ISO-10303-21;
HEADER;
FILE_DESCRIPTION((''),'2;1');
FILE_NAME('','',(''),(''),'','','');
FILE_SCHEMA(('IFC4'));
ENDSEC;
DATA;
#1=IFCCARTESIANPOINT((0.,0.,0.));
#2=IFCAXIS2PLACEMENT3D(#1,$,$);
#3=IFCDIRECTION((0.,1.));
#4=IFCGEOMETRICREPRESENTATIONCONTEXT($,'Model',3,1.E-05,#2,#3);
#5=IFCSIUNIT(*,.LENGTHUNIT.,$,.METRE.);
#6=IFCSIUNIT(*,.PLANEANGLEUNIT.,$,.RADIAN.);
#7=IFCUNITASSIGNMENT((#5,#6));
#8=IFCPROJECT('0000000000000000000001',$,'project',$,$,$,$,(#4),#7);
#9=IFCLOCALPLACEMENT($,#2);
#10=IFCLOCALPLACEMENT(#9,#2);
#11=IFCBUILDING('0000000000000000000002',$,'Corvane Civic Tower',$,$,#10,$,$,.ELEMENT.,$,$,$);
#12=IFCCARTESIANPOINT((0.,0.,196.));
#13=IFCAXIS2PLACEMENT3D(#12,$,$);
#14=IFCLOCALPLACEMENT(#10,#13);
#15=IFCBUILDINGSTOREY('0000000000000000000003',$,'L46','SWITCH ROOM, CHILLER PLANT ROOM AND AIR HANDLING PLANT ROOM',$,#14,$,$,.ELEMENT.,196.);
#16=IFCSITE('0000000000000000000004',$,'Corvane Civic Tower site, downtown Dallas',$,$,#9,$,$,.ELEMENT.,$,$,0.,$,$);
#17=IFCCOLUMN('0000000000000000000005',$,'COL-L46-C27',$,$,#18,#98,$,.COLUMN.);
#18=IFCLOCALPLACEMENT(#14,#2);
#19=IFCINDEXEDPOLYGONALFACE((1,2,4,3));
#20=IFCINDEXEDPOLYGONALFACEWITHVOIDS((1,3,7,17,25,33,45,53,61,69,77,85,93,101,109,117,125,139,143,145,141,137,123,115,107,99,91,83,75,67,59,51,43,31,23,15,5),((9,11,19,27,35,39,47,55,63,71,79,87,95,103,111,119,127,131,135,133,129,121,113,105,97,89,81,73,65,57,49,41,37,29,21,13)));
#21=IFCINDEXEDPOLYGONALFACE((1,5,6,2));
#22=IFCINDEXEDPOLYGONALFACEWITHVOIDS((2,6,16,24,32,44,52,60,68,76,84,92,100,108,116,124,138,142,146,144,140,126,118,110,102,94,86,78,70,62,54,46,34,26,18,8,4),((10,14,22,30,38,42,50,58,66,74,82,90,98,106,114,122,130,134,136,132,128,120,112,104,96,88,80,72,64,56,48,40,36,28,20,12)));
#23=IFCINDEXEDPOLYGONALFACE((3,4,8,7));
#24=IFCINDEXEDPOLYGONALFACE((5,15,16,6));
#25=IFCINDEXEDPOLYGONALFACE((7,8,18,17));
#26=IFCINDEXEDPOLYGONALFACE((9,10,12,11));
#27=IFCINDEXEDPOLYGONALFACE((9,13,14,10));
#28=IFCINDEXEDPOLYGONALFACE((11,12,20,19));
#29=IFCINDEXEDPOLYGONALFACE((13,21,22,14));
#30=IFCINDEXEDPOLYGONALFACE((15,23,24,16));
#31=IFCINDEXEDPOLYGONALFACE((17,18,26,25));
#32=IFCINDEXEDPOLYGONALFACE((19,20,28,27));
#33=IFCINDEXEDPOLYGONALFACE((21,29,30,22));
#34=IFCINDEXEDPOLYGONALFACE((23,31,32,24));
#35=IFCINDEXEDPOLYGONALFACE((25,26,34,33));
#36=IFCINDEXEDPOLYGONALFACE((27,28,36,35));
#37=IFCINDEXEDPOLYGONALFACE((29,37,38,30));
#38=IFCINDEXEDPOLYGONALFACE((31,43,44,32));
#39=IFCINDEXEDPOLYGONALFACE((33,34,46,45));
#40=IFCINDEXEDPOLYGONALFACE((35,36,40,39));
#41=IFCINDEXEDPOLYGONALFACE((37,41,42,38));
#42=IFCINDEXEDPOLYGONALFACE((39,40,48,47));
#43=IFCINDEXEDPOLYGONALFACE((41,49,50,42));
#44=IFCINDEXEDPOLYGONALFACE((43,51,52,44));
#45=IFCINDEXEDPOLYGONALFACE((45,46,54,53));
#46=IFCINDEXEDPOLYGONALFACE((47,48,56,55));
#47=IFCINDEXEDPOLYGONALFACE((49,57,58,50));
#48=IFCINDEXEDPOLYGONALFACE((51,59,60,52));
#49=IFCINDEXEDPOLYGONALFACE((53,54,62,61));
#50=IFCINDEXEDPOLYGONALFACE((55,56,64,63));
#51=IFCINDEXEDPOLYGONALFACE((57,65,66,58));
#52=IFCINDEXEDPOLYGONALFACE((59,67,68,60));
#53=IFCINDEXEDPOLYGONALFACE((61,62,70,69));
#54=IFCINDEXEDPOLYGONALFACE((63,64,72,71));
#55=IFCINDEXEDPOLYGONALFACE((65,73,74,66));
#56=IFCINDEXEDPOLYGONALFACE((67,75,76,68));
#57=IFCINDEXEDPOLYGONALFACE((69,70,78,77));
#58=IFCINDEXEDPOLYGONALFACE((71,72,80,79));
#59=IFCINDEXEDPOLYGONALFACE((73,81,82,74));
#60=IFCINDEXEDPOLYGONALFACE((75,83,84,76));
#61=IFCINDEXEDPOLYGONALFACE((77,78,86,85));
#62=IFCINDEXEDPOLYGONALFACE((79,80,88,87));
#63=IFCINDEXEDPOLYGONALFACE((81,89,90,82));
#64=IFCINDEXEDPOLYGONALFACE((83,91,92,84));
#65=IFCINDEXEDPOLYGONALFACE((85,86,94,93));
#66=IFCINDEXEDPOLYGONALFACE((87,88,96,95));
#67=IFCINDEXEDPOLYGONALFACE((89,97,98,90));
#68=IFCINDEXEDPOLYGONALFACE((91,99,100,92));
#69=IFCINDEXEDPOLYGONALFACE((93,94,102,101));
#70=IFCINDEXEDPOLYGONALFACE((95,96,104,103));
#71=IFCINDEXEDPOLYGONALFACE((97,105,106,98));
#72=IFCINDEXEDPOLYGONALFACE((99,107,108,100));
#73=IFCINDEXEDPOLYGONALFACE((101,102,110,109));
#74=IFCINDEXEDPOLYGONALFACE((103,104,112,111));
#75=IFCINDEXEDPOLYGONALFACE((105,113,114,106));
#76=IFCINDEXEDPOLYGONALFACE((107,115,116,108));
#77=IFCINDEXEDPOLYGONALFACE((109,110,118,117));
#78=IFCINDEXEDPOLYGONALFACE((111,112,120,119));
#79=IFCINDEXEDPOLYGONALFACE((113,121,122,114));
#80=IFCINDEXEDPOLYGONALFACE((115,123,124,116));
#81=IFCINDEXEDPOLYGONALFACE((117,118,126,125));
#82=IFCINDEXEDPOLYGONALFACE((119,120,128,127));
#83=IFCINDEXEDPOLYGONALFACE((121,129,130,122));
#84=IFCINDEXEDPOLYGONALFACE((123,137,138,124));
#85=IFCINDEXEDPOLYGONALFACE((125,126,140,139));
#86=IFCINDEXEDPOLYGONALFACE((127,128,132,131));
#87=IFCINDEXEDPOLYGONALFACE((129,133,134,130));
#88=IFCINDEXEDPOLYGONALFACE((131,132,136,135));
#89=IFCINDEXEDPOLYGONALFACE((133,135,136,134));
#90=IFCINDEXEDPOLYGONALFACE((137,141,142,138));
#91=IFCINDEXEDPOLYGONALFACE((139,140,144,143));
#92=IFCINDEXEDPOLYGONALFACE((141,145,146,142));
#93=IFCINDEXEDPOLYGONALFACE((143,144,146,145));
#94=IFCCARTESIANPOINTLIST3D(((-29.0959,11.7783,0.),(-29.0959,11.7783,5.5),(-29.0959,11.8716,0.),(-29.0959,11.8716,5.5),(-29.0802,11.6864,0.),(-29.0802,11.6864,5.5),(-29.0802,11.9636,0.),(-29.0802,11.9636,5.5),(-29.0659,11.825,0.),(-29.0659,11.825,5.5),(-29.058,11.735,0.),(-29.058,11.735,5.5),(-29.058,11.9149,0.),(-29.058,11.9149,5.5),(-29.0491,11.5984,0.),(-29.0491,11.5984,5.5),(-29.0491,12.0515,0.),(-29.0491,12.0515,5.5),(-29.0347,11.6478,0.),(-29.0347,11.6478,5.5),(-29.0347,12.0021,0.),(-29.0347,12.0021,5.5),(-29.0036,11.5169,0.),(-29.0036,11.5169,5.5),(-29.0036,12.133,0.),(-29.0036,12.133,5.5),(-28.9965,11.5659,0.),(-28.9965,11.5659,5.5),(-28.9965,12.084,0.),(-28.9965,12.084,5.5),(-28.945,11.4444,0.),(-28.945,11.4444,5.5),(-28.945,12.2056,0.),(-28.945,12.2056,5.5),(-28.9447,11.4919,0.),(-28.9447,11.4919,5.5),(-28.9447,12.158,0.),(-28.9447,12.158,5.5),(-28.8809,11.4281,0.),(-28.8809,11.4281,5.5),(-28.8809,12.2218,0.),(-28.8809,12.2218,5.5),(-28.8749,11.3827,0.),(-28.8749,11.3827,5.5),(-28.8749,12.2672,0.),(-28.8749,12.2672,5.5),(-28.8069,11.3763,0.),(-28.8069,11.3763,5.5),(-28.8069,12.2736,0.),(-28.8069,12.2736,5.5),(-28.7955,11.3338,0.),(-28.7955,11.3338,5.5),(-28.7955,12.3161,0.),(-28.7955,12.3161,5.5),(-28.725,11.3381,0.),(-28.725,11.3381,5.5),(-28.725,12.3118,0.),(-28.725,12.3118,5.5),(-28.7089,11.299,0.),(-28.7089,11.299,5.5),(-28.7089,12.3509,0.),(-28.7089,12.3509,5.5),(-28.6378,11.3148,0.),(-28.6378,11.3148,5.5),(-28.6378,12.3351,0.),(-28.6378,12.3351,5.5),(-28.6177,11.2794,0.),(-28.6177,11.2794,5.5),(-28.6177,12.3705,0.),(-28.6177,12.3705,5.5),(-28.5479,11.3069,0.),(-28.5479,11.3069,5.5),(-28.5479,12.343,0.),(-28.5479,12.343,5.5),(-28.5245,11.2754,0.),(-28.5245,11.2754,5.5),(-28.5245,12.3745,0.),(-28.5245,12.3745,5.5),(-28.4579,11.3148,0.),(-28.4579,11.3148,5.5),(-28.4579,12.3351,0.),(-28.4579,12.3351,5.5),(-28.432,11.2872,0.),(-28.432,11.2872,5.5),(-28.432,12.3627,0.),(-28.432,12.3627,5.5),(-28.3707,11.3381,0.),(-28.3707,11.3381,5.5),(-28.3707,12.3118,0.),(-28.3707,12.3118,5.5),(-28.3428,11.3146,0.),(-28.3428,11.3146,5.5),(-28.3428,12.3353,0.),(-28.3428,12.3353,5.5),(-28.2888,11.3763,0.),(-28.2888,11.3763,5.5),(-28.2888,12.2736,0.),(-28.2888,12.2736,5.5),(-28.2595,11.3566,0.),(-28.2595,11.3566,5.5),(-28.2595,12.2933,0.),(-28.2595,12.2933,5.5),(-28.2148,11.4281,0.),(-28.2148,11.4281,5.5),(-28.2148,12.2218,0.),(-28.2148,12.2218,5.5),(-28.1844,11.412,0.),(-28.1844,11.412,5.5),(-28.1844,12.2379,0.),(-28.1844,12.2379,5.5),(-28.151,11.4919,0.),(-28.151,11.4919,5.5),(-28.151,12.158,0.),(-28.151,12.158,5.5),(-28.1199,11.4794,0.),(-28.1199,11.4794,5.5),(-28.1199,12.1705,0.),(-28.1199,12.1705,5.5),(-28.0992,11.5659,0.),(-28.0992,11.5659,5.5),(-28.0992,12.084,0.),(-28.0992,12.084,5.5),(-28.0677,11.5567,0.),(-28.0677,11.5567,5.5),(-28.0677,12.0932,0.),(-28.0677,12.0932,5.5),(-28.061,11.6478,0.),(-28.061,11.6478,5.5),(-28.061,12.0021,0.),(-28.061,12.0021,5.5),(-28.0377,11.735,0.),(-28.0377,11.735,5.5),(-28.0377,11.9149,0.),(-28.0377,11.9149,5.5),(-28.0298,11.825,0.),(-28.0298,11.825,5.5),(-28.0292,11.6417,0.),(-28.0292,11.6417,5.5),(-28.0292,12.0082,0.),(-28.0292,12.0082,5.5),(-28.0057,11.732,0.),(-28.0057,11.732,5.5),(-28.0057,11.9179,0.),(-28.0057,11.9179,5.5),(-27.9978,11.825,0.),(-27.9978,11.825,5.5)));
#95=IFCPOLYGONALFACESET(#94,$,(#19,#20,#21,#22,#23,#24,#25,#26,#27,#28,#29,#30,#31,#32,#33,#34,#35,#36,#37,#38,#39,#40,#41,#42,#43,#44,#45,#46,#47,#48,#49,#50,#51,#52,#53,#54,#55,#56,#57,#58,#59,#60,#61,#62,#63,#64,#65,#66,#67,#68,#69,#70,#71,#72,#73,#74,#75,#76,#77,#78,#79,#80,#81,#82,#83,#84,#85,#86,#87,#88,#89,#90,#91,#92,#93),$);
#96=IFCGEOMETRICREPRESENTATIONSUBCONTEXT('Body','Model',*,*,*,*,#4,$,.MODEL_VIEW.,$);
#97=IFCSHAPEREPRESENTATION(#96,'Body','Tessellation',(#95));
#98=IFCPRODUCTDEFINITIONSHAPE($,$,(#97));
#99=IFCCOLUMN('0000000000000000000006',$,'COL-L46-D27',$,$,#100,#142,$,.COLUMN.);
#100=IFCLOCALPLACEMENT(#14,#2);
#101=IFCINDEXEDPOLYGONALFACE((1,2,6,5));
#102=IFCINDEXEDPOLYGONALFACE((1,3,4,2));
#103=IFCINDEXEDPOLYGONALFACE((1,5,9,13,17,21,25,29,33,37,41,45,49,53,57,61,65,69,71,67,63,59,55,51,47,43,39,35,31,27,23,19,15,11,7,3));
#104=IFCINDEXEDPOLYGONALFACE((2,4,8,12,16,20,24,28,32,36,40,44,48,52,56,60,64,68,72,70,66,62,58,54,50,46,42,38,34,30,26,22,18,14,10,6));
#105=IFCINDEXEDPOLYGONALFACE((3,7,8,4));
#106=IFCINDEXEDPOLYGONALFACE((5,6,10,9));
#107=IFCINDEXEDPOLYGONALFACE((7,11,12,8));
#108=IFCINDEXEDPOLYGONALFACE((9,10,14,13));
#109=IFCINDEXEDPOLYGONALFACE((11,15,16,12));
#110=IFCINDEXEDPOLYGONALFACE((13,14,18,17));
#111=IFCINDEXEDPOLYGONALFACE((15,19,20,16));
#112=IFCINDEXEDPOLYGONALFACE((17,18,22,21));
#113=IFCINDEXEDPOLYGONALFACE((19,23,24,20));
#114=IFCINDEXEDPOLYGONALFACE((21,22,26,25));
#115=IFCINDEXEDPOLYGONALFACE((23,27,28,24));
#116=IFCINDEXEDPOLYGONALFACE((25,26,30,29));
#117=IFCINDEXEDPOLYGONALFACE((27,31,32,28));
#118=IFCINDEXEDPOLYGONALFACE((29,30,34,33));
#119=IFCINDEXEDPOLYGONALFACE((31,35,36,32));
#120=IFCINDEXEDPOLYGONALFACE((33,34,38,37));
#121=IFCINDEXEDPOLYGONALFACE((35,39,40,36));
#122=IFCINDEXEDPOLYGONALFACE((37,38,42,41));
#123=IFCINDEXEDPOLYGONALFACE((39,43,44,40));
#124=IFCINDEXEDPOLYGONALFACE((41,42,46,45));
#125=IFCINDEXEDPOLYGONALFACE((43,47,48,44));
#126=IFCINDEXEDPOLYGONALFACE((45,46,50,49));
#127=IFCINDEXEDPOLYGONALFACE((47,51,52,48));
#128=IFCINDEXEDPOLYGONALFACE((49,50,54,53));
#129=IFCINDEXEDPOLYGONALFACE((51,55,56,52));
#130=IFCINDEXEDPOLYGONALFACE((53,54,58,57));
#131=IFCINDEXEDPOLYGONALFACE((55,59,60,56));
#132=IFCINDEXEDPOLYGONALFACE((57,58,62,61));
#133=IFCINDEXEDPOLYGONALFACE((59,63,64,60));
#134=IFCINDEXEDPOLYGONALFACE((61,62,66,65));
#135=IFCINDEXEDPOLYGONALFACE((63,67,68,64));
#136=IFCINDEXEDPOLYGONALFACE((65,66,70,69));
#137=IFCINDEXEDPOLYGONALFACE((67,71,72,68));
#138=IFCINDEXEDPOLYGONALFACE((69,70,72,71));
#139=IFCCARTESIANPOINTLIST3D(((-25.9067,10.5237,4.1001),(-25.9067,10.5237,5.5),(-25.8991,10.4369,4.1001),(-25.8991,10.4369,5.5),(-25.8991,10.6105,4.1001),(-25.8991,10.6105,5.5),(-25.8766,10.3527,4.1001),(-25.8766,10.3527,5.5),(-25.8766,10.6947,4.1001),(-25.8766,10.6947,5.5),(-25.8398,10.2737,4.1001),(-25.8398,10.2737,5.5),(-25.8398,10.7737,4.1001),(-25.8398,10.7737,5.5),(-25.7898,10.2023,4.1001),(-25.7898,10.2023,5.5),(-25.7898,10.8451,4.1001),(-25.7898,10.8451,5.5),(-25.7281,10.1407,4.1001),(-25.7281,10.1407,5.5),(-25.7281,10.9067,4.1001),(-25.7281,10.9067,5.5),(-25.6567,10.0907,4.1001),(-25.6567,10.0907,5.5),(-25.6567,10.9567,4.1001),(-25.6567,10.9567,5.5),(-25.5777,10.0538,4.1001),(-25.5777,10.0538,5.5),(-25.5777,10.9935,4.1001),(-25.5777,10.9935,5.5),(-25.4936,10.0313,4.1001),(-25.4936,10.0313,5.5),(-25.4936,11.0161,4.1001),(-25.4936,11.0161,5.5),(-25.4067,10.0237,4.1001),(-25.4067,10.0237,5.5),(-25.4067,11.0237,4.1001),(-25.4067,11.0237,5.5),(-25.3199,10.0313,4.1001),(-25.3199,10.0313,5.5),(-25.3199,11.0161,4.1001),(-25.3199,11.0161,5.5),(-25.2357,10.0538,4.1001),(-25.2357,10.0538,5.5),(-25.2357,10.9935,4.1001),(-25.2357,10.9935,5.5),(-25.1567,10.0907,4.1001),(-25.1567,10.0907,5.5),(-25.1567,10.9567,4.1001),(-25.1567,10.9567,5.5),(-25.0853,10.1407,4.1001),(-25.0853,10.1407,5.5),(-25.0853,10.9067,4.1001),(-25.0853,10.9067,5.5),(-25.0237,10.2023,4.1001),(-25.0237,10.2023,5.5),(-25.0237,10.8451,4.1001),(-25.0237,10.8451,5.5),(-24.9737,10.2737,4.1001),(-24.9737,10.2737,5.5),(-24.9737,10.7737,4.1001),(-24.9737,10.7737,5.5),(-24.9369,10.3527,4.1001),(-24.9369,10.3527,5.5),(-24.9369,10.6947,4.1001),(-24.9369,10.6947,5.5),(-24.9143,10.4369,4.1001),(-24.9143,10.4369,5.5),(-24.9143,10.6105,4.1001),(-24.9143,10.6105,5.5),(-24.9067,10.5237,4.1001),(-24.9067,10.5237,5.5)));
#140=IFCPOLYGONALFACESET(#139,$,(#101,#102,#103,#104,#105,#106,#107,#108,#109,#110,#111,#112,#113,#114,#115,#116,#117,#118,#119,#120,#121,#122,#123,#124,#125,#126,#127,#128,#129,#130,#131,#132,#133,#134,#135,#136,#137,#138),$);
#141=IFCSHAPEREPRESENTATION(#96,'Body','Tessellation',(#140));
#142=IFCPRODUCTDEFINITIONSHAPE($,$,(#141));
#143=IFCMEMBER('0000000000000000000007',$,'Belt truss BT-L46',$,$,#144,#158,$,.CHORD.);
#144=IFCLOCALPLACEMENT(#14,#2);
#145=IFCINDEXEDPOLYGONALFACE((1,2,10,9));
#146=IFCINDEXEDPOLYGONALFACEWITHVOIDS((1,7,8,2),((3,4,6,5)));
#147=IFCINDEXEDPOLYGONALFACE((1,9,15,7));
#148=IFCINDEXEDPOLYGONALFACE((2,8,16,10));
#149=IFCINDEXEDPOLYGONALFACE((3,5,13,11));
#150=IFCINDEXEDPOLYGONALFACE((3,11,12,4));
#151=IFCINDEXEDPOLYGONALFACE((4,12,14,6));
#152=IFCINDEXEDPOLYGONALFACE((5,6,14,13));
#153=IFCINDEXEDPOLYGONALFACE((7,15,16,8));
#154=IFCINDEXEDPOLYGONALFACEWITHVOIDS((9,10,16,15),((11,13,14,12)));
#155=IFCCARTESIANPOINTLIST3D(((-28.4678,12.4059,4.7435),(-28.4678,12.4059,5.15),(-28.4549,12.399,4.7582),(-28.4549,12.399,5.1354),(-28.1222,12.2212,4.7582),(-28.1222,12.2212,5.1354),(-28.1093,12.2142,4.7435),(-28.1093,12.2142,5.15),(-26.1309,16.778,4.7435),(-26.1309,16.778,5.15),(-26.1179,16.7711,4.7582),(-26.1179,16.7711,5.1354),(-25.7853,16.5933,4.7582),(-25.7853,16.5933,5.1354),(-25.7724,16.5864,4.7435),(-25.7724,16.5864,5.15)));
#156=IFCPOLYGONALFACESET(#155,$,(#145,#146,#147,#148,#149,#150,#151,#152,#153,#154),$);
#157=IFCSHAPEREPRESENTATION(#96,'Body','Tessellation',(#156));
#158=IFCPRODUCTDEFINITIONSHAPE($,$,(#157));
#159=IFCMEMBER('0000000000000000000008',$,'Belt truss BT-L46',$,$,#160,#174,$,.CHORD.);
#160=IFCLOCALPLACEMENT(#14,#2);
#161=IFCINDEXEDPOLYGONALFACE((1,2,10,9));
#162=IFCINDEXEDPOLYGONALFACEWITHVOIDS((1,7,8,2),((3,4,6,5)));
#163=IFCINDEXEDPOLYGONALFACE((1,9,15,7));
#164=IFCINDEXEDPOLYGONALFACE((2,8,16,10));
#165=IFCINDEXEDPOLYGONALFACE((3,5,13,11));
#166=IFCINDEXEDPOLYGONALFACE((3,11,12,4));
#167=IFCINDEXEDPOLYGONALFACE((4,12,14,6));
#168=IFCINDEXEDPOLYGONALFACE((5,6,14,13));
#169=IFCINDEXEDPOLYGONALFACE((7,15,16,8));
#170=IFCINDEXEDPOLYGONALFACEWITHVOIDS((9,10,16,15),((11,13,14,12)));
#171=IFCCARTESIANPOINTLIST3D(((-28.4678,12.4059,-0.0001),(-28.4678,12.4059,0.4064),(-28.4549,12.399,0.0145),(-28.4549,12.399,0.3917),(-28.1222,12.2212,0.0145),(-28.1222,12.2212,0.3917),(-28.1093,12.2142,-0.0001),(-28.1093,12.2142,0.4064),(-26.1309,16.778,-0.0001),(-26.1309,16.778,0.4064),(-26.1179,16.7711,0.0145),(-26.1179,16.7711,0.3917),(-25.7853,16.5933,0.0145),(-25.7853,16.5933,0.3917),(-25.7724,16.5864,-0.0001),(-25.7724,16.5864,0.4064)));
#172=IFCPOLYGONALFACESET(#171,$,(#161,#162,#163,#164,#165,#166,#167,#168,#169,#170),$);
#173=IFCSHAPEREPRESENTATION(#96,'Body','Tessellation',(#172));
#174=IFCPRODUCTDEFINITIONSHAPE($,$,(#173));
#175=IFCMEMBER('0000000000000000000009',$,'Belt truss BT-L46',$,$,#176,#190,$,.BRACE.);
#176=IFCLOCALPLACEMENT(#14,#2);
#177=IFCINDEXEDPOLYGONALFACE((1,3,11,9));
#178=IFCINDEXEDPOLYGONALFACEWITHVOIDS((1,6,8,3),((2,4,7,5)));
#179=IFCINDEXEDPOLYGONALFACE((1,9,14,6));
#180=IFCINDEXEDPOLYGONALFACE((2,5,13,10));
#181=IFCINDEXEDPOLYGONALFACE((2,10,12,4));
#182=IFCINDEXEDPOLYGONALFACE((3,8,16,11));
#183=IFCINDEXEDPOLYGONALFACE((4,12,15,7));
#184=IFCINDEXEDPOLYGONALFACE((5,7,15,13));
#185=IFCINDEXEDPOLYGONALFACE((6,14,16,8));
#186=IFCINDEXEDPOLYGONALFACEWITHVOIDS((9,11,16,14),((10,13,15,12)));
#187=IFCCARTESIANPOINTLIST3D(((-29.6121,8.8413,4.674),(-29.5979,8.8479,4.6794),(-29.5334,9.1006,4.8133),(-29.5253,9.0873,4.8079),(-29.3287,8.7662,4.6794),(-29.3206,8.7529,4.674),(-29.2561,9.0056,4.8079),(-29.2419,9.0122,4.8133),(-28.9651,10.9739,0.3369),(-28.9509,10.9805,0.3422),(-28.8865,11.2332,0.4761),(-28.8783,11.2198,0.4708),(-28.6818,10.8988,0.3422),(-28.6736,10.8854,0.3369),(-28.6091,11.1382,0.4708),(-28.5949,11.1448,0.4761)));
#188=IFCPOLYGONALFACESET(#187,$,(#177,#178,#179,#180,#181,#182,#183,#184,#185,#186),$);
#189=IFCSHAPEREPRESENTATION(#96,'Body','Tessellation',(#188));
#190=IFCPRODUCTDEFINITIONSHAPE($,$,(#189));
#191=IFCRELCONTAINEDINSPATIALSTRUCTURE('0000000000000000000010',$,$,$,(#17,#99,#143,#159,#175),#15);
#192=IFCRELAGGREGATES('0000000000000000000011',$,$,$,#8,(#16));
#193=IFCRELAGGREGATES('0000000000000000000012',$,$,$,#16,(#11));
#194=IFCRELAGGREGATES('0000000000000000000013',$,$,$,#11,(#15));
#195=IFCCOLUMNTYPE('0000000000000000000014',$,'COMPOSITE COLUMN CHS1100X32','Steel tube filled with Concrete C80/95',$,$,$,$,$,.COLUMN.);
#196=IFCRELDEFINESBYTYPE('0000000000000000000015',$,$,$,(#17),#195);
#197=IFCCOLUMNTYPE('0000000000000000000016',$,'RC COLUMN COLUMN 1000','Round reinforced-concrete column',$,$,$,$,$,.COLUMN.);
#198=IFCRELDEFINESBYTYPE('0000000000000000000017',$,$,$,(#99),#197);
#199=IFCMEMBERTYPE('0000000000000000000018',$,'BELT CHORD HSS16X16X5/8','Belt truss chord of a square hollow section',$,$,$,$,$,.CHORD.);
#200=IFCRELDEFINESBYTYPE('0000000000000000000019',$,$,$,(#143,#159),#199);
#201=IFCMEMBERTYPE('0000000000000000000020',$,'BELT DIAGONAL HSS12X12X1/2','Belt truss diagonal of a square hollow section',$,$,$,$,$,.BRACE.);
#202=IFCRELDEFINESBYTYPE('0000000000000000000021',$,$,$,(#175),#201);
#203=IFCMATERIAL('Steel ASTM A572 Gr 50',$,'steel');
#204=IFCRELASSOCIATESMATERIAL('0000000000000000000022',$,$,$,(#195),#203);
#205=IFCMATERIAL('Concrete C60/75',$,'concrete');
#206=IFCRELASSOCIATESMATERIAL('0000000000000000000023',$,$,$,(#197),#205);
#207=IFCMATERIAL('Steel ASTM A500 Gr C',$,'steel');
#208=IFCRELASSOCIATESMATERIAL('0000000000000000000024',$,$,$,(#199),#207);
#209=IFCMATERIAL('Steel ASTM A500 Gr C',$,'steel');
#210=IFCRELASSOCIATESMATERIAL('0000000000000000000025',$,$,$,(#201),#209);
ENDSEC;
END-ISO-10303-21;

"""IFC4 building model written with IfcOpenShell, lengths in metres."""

from ifc_helpers import new_model, si_unit, direction, frame, origin, origin_2d, place, context, subcontext, project, spatial, hollow_rectangle, circle, hollow_circle, extrude, material, material_profile, profile_set, type_object, element, save


model = new_model("IFC4")

# Units and contexts
model_context = context("Model", 3, precision=1e-05, world=origin(), true_north=direction((0.0, 1.0)))
body_context = subcontext(model_context, "Body", "Model", "MODEL_VIEW")
ifc_project = project(units=[si_unit("LENGTHUNIT", "METRE"), si_unit("PLANEANGLEUNIT", "RADIAN")], contexts=[model_context])

# Site, building, storey
site_placement = place(None, origin())
site = spatial("IfcSite", under=ifc_project, at=site_placement, Name="Corvane Civic Tower site, downtown Dallas", CompositionType="ELEMENT", RefElevation=0.0)
building_placement = place(site_placement, origin())
building = spatial("IfcBuilding", under=site, at=building_placement, Name="Corvane Civic Tower", CompositionType="ELEMENT")
storey_placement = place(building_placement, frame((0.0, 0.0, 196.0)))
storey = spatial("IfcBuildingStorey", under=building, at=storey_placement, Name="L46", Description="SWITCH ROOM, CHILLER PLANT ROOM AND AIR HANDLING PLANT ROOM", CompositionType="ELEMENT", Elevation=196.0)

# Columns
ifc_material_1 = material(Name="Steel ASTM A572 Gr 50", Category="steel")
ifc_material_profile_1 = material_profile(ifc_material_1, hollow_circle(Radius=0.55, WallThickness=0.032, at=origin_2d()), Name="CHS1100X32")
ifc_profile_set_1 = profile_set([ifc_material_profile_1], Name="Steel ASTM A572 Gr 50")
column_type_1 = type_object("IfcColumnType", Name="COMPOSITE COLUMN CHS1100X32", Description="Steel tube filled with Concrete C80/95", PredefinedType="COLUMN", material=ifc_profile_set_1)
column_1_placement = place(storey_placement, frame((-28.5479, 11.825, 0.0), z_axis=(0.0, 0.0, 1.0), x_axis=(1.0, 0.0, 0.0)))
element("IfcColumn", 1, at=column_1_placement, inside=storey, type_object=column_type_1, Name="COL-L46-C27", PredefinedType="COLUMN", context=body_context, shape_type="SweptSolid", body=[
    extrude(hollow_circle(Radius=0.55, WallThickness=0.032, at=origin_2d()), origin(), (0.0, 0.0, 1.0), 5.5),
])
ifc_material_2 = material(Name="Concrete C60/75", Category="concrete")
ifc_material_profile_2 = material_profile(ifc_material_2, circle(Radius=0.5, at=origin_2d()), Name="COLUMN 1000")
ifc_profile_set_2 = profile_set([ifc_material_profile_2], Name="Concrete C60/75")
column_type_2 = type_object("IfcColumnType", Name="RC COLUMN COLUMN 1000", Description="Round reinforced-concrete column", PredefinedType="COLUMN", material=ifc_profile_set_2)
column_2_placement = place(storey_placement, frame((-25.4067, 10.5237, 4.1001), z_axis=(0.0, 0.0, 1.0), x_axis=(1.0, 0.0, 0.0)))
element("IfcColumn", 2, at=column_2_placement, inside=storey, type_object=column_type_2, Name="COL-L46-D27", PredefinedType="COLUMN", context=body_context, shape_type="SweptSolid", body=[
    extrude(circle(Radius=0.5, at=origin_2d()), origin(), (0.0, 0.0, 1.0), 1.3999),
])

# Members
ifc_material_3 = material(Name="Steel ASTM A500 Gr C", Category="steel")
ifc_material_profile_3 = material_profile(ifc_material_3, hollow_rectangle(XDim=0.4065, YDim=0.4065, WallThickness=0.0146, at=origin_2d()), Name="HSS16X16X5/8")
ifc_profile_set_3 = profile_set([ifc_material_profile_3], Name="Steel ASTM A500 Gr C")
member_type_1 = type_object("IfcMemberType", Name="BELT CHORD HSS16X16X5/8", Description="Belt truss chord of a square hollow section", PredefinedType="CHORD", material=ifc_profile_set_3)
for number, where, z_axis, x_axis, name in (
    (3, (-28.2886, 12.3101, 4.9468), (0.471396, 0.881922, 0.0), (-0.881922, 0.471396, 0.0), "Belt truss BT-L46"),
    (4, (-28.2886, 12.3101, 0.2031), (0.471396, 0.881922, 0.0), (-0.881922, 0.471396, 0.0), "Belt truss BT-L46"),
):
    element("IfcMember", number, at=place(storey_placement, frame(where, z_axis=z_axis, x_axis=x_axis)), inside=storey, type_object=member_type_1, Name=name, PredefinedType="CHORD", context=body_context, shape_type="SweptSolid", body=[
        extrude(hollow_rectangle(XDim=0.4065, YDim=0.4065, WallThickness=0.0146, at=origin_2d()), origin(), (0.0, 0.0, 1.0), 4.9575),
    ])
ifc_material_4 = material(Name="Steel ASTM A500 Gr C", Category="steel")
ifc_material_profile_4 = material_profile(ifc_material_4, hollow_rectangle(XDim=0.3047, YDim=0.3047, WallThickness=0.0117, at=origin_2d()), Name="HSS12X12X1/2")
ifc_profile_set_4 = profile_set([ifc_material_profile_4], Name="Steel ASTM A500 Gr C")
member_type_2 = type_object("IfcMemberType", Name="BELT DIAGONAL HSS12X12X1/2", Description="Belt truss diagonal of a square hollow section", PredefinedType="BRACE", material=ifc_profile_set_4)
for number, where, z_axis, x_axis, name in (
    (5, (-28.78, 11.0593, 0.4065), (-0.13268, -0.437342, 0.889454), (0.956932, -0.290311, 0.0), "Belt truss BT-L46"),
):
    element("IfcMember", number, at=place(storey_placement, frame(where, z_axis=z_axis, x_axis=x_axis)), inside=storey, type_object=member_type_2, Name=name, PredefinedType="BRACE", context=body_context, shape_type="SweptSolid", body=[
        extrude(hollow_rectangle(XDim=0.3047, YDim=0.3047, WallThickness=0.0117, at=origin_2d()), origin(), (0.0, 0.0, 1.0), 4.8762),
    ])

save(model, "model.ifc")
